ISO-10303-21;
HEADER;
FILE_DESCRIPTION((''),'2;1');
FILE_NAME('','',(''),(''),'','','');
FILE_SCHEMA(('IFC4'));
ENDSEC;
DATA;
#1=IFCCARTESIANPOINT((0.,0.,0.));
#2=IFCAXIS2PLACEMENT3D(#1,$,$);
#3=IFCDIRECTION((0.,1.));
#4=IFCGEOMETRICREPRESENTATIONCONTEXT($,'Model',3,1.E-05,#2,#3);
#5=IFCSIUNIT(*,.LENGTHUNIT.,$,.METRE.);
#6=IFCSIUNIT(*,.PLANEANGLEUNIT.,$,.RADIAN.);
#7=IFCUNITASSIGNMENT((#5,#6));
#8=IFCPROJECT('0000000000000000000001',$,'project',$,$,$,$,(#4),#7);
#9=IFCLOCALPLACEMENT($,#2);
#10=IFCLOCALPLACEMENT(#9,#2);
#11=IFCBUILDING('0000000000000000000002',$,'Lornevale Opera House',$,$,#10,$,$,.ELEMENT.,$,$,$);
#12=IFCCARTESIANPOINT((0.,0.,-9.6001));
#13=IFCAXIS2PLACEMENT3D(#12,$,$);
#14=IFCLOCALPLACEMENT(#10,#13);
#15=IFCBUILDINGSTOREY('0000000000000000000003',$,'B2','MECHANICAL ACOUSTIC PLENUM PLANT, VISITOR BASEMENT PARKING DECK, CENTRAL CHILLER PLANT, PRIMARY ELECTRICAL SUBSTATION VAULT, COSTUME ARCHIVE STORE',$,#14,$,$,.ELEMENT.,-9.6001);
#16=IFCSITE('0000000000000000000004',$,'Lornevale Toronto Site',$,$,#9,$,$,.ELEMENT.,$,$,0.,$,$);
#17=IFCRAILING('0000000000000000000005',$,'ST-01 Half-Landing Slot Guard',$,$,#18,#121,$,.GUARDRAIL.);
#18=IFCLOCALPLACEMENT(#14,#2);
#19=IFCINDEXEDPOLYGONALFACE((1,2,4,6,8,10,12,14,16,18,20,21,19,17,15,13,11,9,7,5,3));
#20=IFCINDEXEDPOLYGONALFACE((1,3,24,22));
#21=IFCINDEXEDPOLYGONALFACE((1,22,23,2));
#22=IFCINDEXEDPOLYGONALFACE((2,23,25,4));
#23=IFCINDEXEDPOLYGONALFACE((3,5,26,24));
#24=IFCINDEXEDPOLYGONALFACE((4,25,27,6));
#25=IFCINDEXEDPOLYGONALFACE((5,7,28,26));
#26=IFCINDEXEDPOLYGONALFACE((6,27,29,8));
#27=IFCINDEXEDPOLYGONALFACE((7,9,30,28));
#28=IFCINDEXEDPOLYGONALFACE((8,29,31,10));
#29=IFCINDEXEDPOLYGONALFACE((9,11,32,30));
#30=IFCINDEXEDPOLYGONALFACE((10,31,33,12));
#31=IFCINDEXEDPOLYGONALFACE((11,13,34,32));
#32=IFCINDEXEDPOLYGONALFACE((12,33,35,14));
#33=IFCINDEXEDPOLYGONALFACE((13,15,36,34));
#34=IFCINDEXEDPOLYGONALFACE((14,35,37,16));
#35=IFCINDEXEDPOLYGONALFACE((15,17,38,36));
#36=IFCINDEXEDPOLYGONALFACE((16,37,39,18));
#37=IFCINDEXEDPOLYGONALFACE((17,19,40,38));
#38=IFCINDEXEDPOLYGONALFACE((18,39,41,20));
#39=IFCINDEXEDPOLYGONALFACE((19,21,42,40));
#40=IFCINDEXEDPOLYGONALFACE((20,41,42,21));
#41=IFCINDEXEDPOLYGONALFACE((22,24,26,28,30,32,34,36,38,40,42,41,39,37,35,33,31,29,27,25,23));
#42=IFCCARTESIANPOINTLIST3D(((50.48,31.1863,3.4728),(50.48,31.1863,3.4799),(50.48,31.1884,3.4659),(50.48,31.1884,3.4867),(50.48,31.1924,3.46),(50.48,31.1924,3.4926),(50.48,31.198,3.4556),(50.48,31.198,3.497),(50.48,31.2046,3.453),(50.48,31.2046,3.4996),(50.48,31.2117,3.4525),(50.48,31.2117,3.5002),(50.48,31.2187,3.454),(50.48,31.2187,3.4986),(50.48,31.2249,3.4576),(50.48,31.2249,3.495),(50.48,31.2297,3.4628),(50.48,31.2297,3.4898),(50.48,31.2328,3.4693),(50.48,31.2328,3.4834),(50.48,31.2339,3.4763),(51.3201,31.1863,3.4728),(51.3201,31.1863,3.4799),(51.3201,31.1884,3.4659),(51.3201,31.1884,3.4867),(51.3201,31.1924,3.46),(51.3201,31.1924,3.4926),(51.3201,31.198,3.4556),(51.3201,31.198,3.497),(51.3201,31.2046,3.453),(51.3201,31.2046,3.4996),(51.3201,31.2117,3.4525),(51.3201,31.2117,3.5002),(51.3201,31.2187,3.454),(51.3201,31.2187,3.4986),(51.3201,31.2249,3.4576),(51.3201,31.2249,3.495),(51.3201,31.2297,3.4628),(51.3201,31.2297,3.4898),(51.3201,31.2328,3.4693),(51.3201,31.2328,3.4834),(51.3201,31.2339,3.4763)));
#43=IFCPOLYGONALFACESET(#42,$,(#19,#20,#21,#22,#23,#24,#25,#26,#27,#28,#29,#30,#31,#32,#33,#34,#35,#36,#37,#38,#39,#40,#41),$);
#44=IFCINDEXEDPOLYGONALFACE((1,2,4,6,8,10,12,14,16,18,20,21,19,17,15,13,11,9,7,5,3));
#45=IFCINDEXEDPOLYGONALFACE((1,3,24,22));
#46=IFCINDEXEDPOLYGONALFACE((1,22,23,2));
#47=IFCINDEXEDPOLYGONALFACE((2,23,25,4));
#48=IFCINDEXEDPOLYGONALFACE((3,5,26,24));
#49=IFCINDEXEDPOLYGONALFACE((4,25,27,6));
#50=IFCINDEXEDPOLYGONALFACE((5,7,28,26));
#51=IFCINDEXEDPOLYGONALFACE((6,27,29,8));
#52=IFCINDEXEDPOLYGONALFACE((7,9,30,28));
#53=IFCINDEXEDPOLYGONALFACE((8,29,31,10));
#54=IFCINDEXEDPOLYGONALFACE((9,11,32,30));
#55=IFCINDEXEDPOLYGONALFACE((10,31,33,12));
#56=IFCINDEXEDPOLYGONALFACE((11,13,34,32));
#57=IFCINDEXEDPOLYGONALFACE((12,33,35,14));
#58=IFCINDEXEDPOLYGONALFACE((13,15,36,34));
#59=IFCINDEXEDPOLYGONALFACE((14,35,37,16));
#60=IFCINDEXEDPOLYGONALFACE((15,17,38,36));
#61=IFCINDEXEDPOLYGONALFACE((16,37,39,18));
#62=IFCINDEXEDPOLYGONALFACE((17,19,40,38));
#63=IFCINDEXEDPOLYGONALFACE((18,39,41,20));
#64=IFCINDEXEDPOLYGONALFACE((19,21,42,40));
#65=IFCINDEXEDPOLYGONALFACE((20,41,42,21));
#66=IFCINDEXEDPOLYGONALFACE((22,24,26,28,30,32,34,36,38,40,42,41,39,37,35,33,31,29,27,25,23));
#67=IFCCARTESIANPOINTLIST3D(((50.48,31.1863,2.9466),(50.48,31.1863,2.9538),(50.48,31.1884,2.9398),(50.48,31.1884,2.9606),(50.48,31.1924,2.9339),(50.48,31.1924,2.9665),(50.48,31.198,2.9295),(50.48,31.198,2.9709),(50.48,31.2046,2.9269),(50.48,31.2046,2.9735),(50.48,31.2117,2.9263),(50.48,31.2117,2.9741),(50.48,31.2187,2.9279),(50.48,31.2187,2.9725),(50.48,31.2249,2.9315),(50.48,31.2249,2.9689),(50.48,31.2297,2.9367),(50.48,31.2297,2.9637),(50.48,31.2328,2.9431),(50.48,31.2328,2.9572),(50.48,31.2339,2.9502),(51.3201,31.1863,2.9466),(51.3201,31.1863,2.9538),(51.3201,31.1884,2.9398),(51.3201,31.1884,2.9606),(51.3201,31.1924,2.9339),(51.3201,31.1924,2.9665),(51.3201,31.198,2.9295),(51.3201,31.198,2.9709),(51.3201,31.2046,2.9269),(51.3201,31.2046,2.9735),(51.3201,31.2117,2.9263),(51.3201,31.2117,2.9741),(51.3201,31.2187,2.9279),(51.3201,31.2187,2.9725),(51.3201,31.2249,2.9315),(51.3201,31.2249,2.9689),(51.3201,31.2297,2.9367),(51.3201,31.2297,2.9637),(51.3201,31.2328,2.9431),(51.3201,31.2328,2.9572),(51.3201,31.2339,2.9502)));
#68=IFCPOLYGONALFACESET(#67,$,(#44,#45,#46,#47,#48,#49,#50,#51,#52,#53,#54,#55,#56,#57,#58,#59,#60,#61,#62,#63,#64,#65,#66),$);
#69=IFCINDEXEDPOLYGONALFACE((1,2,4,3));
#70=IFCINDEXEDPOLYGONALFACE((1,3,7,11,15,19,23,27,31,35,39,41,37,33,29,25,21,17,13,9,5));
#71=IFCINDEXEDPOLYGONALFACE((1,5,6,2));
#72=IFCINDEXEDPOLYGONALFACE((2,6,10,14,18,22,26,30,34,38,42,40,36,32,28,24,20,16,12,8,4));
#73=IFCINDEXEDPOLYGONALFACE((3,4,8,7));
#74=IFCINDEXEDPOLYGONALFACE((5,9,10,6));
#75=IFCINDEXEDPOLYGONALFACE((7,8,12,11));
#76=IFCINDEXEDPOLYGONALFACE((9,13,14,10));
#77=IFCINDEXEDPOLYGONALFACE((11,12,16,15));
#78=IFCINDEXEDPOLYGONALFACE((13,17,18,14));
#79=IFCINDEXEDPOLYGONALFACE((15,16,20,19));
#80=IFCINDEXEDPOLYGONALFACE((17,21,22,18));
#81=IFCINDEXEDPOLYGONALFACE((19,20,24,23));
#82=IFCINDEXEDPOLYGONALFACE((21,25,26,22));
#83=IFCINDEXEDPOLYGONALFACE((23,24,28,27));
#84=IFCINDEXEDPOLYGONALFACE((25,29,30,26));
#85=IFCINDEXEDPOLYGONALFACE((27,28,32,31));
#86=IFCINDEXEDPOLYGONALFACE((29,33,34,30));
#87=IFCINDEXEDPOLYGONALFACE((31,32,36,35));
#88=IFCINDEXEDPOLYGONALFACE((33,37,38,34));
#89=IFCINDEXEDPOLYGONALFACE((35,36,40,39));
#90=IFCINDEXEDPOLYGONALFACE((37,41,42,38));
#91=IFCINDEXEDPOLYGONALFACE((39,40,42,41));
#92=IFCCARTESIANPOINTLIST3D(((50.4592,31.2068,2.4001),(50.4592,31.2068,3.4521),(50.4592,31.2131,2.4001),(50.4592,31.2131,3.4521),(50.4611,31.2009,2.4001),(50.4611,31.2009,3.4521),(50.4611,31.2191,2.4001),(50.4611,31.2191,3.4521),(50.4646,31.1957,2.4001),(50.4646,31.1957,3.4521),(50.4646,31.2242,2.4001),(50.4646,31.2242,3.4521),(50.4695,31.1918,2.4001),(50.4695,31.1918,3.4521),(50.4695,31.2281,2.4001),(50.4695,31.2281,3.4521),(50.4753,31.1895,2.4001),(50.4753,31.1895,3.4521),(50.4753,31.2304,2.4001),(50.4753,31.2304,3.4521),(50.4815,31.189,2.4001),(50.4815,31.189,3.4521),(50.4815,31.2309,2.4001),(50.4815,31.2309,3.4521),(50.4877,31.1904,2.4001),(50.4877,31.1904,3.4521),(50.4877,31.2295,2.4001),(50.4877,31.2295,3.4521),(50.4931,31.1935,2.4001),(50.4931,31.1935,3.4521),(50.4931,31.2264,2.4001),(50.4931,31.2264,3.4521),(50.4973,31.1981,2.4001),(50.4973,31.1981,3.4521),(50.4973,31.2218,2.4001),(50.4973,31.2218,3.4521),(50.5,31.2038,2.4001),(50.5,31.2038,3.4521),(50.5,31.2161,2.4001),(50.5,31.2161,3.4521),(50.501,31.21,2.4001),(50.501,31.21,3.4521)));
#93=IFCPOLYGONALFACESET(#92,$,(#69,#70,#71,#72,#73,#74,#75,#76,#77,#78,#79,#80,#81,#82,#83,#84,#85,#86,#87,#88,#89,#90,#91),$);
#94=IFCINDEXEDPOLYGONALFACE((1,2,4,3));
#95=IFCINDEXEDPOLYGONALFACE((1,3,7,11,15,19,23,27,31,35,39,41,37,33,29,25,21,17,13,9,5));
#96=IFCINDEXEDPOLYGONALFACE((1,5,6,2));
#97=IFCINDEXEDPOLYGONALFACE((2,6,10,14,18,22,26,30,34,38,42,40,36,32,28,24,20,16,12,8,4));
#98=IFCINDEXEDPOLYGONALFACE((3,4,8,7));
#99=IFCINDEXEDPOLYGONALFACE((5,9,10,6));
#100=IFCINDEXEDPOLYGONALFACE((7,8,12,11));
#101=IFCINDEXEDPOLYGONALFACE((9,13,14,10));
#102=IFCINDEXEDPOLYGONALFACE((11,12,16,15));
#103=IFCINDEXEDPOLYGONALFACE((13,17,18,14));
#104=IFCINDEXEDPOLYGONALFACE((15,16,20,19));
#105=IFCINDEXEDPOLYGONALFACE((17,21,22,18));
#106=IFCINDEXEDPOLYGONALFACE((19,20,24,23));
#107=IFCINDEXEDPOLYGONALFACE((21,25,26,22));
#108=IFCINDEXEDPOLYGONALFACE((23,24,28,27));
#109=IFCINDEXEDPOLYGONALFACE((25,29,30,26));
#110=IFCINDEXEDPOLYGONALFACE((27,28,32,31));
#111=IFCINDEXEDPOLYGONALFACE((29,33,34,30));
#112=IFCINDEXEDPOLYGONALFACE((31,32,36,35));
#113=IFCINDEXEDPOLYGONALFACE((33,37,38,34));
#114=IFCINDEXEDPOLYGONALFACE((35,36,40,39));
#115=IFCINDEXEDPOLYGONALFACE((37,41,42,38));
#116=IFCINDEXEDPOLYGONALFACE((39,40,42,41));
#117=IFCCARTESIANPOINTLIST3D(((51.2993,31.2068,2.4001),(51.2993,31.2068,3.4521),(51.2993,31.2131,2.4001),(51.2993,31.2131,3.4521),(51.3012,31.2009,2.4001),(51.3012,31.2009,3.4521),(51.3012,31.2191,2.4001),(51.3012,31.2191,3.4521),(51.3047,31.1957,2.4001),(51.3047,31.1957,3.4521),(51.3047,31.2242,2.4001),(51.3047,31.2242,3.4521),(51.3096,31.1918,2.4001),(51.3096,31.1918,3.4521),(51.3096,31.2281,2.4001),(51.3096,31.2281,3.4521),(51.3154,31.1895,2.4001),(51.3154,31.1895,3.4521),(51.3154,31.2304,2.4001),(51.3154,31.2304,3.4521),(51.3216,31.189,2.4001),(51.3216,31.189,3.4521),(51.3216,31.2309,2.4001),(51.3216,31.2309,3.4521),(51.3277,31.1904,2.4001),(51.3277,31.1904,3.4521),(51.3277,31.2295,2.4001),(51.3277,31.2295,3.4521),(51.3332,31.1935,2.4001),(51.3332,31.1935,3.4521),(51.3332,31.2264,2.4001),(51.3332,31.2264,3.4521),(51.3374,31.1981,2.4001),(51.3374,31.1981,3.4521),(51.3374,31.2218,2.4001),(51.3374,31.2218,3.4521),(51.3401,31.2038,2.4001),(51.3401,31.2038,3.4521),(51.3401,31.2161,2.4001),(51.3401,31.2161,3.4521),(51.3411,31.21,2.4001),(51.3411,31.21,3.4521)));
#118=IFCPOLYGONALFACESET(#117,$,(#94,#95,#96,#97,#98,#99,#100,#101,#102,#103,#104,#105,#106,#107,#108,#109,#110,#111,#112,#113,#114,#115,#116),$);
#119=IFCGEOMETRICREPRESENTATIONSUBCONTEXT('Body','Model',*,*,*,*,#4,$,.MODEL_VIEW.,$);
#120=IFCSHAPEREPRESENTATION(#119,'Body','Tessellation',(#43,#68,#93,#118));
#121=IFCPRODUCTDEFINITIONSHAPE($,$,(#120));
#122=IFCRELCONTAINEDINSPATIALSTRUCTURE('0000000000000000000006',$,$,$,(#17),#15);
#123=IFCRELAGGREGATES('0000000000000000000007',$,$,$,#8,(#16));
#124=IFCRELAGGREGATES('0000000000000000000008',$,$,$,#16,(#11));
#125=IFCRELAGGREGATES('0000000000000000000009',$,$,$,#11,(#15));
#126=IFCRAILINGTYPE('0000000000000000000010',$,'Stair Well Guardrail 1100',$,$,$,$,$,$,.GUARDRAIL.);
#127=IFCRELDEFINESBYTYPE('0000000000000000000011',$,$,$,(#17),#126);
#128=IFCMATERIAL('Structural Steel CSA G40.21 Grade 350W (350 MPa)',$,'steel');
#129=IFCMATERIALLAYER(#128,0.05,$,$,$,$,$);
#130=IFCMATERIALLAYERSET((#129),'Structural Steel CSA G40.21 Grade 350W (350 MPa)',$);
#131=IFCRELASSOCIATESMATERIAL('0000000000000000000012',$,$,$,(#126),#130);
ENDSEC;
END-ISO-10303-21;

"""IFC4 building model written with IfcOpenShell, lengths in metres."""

from ifc_helpers import new_model, si_unit, direction, frame, origin, origin_2d, place, context, subcontext, project, spatial, circle, extrude, material, layer, layer_set, type_object, element, save


model = new_model("IFC4")

# Units and contexts
model_context = context("Model", 3, precision=1e-05, world=origin(), true_north=direction((0.0, 1.0)))
body_context = subcontext(model_context, "Body", "Model", "MODEL_VIEW")
ifc_project = project(units=[si_unit("LENGTHUNIT", "METRE"), si_unit("PLANEANGLEUNIT", "RADIAN")], contexts=[model_context])

# Site, building, storey
site_placement = place(None, origin())
site = spatial("IfcSite", under=ifc_project, at=site_placement, Name="Lornevale Toronto Site", CompositionType="ELEMENT", RefElevation=0.0)
building_placement = place(site_placement, origin())
building = spatial("IfcBuilding", under=site, at=building_placement, Name="Lornevale Opera House", CompositionType="ELEMENT")
storey_placement = place(building_placement, frame((0.0, 0.0, -9.6001)))
storey = spatial("IfcBuildingStorey", under=building, at=storey_placement, Name="B2", Description="MECHANICAL ACOUSTIC PLENUM PLANT, VISITOR BASEMENT PARKING DECK, CENTRAL CHILLER PLANT, PRIMARY ELECTRICAL SUBSTATION VAULT, COSTUME ARCHIVE STORE", CompositionType="ELEMENT", Elevation=-9.6001)

# Railing
ifc_material_1 = material(Name="Structural Steel CSA G40.21 Grade 350W (350 MPa)", Category="steel")
ifc_layer_1 = layer(ifc_material_1, 0.05)
ifc_layer_set_1 = layer_set([ifc_layer_1], Name="Structural Steel CSA G40.21 Grade 350W (350 MPa)")
railing_type_1 = type_object("IfcRailingType", Name="Stair Well Guardrail 1100", PredefinedType="GUARDRAIL", material=ifc_layer_set_1)
railing_1_placement = place(storey_placement, frame((50.48, 31.21, 2.4001)))
element("IfcRailing", 1, at=railing_1_placement, inside=storey, type_object=railing_type_1, Name="ST-01 Half-Landing Slot Guard", PredefinedType="GUARDRAIL", context=body_context, shape_type="SweptSolid", body=[
    extrude(circle(Radius=0.0239, at=origin_2d()), frame((0.0, 0.0, 1.0762), z_axis=(1.0, 0.0, 0.0), x_axis=(0.0, 1.0, 0.0)), (0.0, 0.0, 1.0), 0.8401),
    extrude(circle(Radius=0.0239, at=origin_2d()), frame((0.0, 0.0, 0.55), z_axis=(1.0, 0.0, 0.0), x_axis=(0.0, 1.0, 0.0)), (0.0, 0.0, 1.0), 0.8401),
    extrude(circle(Radius=0.021, at=origin_2d()), origin(), (0.0, 0.0, 1.0), 1.052),
    extrude(circle(Radius=0.021, at=origin_2d()), frame((0.8401, 0.0, 0.0)), (0.0, 0.0, 1.0), 1.052),
])

save(model, "model.ifc")
